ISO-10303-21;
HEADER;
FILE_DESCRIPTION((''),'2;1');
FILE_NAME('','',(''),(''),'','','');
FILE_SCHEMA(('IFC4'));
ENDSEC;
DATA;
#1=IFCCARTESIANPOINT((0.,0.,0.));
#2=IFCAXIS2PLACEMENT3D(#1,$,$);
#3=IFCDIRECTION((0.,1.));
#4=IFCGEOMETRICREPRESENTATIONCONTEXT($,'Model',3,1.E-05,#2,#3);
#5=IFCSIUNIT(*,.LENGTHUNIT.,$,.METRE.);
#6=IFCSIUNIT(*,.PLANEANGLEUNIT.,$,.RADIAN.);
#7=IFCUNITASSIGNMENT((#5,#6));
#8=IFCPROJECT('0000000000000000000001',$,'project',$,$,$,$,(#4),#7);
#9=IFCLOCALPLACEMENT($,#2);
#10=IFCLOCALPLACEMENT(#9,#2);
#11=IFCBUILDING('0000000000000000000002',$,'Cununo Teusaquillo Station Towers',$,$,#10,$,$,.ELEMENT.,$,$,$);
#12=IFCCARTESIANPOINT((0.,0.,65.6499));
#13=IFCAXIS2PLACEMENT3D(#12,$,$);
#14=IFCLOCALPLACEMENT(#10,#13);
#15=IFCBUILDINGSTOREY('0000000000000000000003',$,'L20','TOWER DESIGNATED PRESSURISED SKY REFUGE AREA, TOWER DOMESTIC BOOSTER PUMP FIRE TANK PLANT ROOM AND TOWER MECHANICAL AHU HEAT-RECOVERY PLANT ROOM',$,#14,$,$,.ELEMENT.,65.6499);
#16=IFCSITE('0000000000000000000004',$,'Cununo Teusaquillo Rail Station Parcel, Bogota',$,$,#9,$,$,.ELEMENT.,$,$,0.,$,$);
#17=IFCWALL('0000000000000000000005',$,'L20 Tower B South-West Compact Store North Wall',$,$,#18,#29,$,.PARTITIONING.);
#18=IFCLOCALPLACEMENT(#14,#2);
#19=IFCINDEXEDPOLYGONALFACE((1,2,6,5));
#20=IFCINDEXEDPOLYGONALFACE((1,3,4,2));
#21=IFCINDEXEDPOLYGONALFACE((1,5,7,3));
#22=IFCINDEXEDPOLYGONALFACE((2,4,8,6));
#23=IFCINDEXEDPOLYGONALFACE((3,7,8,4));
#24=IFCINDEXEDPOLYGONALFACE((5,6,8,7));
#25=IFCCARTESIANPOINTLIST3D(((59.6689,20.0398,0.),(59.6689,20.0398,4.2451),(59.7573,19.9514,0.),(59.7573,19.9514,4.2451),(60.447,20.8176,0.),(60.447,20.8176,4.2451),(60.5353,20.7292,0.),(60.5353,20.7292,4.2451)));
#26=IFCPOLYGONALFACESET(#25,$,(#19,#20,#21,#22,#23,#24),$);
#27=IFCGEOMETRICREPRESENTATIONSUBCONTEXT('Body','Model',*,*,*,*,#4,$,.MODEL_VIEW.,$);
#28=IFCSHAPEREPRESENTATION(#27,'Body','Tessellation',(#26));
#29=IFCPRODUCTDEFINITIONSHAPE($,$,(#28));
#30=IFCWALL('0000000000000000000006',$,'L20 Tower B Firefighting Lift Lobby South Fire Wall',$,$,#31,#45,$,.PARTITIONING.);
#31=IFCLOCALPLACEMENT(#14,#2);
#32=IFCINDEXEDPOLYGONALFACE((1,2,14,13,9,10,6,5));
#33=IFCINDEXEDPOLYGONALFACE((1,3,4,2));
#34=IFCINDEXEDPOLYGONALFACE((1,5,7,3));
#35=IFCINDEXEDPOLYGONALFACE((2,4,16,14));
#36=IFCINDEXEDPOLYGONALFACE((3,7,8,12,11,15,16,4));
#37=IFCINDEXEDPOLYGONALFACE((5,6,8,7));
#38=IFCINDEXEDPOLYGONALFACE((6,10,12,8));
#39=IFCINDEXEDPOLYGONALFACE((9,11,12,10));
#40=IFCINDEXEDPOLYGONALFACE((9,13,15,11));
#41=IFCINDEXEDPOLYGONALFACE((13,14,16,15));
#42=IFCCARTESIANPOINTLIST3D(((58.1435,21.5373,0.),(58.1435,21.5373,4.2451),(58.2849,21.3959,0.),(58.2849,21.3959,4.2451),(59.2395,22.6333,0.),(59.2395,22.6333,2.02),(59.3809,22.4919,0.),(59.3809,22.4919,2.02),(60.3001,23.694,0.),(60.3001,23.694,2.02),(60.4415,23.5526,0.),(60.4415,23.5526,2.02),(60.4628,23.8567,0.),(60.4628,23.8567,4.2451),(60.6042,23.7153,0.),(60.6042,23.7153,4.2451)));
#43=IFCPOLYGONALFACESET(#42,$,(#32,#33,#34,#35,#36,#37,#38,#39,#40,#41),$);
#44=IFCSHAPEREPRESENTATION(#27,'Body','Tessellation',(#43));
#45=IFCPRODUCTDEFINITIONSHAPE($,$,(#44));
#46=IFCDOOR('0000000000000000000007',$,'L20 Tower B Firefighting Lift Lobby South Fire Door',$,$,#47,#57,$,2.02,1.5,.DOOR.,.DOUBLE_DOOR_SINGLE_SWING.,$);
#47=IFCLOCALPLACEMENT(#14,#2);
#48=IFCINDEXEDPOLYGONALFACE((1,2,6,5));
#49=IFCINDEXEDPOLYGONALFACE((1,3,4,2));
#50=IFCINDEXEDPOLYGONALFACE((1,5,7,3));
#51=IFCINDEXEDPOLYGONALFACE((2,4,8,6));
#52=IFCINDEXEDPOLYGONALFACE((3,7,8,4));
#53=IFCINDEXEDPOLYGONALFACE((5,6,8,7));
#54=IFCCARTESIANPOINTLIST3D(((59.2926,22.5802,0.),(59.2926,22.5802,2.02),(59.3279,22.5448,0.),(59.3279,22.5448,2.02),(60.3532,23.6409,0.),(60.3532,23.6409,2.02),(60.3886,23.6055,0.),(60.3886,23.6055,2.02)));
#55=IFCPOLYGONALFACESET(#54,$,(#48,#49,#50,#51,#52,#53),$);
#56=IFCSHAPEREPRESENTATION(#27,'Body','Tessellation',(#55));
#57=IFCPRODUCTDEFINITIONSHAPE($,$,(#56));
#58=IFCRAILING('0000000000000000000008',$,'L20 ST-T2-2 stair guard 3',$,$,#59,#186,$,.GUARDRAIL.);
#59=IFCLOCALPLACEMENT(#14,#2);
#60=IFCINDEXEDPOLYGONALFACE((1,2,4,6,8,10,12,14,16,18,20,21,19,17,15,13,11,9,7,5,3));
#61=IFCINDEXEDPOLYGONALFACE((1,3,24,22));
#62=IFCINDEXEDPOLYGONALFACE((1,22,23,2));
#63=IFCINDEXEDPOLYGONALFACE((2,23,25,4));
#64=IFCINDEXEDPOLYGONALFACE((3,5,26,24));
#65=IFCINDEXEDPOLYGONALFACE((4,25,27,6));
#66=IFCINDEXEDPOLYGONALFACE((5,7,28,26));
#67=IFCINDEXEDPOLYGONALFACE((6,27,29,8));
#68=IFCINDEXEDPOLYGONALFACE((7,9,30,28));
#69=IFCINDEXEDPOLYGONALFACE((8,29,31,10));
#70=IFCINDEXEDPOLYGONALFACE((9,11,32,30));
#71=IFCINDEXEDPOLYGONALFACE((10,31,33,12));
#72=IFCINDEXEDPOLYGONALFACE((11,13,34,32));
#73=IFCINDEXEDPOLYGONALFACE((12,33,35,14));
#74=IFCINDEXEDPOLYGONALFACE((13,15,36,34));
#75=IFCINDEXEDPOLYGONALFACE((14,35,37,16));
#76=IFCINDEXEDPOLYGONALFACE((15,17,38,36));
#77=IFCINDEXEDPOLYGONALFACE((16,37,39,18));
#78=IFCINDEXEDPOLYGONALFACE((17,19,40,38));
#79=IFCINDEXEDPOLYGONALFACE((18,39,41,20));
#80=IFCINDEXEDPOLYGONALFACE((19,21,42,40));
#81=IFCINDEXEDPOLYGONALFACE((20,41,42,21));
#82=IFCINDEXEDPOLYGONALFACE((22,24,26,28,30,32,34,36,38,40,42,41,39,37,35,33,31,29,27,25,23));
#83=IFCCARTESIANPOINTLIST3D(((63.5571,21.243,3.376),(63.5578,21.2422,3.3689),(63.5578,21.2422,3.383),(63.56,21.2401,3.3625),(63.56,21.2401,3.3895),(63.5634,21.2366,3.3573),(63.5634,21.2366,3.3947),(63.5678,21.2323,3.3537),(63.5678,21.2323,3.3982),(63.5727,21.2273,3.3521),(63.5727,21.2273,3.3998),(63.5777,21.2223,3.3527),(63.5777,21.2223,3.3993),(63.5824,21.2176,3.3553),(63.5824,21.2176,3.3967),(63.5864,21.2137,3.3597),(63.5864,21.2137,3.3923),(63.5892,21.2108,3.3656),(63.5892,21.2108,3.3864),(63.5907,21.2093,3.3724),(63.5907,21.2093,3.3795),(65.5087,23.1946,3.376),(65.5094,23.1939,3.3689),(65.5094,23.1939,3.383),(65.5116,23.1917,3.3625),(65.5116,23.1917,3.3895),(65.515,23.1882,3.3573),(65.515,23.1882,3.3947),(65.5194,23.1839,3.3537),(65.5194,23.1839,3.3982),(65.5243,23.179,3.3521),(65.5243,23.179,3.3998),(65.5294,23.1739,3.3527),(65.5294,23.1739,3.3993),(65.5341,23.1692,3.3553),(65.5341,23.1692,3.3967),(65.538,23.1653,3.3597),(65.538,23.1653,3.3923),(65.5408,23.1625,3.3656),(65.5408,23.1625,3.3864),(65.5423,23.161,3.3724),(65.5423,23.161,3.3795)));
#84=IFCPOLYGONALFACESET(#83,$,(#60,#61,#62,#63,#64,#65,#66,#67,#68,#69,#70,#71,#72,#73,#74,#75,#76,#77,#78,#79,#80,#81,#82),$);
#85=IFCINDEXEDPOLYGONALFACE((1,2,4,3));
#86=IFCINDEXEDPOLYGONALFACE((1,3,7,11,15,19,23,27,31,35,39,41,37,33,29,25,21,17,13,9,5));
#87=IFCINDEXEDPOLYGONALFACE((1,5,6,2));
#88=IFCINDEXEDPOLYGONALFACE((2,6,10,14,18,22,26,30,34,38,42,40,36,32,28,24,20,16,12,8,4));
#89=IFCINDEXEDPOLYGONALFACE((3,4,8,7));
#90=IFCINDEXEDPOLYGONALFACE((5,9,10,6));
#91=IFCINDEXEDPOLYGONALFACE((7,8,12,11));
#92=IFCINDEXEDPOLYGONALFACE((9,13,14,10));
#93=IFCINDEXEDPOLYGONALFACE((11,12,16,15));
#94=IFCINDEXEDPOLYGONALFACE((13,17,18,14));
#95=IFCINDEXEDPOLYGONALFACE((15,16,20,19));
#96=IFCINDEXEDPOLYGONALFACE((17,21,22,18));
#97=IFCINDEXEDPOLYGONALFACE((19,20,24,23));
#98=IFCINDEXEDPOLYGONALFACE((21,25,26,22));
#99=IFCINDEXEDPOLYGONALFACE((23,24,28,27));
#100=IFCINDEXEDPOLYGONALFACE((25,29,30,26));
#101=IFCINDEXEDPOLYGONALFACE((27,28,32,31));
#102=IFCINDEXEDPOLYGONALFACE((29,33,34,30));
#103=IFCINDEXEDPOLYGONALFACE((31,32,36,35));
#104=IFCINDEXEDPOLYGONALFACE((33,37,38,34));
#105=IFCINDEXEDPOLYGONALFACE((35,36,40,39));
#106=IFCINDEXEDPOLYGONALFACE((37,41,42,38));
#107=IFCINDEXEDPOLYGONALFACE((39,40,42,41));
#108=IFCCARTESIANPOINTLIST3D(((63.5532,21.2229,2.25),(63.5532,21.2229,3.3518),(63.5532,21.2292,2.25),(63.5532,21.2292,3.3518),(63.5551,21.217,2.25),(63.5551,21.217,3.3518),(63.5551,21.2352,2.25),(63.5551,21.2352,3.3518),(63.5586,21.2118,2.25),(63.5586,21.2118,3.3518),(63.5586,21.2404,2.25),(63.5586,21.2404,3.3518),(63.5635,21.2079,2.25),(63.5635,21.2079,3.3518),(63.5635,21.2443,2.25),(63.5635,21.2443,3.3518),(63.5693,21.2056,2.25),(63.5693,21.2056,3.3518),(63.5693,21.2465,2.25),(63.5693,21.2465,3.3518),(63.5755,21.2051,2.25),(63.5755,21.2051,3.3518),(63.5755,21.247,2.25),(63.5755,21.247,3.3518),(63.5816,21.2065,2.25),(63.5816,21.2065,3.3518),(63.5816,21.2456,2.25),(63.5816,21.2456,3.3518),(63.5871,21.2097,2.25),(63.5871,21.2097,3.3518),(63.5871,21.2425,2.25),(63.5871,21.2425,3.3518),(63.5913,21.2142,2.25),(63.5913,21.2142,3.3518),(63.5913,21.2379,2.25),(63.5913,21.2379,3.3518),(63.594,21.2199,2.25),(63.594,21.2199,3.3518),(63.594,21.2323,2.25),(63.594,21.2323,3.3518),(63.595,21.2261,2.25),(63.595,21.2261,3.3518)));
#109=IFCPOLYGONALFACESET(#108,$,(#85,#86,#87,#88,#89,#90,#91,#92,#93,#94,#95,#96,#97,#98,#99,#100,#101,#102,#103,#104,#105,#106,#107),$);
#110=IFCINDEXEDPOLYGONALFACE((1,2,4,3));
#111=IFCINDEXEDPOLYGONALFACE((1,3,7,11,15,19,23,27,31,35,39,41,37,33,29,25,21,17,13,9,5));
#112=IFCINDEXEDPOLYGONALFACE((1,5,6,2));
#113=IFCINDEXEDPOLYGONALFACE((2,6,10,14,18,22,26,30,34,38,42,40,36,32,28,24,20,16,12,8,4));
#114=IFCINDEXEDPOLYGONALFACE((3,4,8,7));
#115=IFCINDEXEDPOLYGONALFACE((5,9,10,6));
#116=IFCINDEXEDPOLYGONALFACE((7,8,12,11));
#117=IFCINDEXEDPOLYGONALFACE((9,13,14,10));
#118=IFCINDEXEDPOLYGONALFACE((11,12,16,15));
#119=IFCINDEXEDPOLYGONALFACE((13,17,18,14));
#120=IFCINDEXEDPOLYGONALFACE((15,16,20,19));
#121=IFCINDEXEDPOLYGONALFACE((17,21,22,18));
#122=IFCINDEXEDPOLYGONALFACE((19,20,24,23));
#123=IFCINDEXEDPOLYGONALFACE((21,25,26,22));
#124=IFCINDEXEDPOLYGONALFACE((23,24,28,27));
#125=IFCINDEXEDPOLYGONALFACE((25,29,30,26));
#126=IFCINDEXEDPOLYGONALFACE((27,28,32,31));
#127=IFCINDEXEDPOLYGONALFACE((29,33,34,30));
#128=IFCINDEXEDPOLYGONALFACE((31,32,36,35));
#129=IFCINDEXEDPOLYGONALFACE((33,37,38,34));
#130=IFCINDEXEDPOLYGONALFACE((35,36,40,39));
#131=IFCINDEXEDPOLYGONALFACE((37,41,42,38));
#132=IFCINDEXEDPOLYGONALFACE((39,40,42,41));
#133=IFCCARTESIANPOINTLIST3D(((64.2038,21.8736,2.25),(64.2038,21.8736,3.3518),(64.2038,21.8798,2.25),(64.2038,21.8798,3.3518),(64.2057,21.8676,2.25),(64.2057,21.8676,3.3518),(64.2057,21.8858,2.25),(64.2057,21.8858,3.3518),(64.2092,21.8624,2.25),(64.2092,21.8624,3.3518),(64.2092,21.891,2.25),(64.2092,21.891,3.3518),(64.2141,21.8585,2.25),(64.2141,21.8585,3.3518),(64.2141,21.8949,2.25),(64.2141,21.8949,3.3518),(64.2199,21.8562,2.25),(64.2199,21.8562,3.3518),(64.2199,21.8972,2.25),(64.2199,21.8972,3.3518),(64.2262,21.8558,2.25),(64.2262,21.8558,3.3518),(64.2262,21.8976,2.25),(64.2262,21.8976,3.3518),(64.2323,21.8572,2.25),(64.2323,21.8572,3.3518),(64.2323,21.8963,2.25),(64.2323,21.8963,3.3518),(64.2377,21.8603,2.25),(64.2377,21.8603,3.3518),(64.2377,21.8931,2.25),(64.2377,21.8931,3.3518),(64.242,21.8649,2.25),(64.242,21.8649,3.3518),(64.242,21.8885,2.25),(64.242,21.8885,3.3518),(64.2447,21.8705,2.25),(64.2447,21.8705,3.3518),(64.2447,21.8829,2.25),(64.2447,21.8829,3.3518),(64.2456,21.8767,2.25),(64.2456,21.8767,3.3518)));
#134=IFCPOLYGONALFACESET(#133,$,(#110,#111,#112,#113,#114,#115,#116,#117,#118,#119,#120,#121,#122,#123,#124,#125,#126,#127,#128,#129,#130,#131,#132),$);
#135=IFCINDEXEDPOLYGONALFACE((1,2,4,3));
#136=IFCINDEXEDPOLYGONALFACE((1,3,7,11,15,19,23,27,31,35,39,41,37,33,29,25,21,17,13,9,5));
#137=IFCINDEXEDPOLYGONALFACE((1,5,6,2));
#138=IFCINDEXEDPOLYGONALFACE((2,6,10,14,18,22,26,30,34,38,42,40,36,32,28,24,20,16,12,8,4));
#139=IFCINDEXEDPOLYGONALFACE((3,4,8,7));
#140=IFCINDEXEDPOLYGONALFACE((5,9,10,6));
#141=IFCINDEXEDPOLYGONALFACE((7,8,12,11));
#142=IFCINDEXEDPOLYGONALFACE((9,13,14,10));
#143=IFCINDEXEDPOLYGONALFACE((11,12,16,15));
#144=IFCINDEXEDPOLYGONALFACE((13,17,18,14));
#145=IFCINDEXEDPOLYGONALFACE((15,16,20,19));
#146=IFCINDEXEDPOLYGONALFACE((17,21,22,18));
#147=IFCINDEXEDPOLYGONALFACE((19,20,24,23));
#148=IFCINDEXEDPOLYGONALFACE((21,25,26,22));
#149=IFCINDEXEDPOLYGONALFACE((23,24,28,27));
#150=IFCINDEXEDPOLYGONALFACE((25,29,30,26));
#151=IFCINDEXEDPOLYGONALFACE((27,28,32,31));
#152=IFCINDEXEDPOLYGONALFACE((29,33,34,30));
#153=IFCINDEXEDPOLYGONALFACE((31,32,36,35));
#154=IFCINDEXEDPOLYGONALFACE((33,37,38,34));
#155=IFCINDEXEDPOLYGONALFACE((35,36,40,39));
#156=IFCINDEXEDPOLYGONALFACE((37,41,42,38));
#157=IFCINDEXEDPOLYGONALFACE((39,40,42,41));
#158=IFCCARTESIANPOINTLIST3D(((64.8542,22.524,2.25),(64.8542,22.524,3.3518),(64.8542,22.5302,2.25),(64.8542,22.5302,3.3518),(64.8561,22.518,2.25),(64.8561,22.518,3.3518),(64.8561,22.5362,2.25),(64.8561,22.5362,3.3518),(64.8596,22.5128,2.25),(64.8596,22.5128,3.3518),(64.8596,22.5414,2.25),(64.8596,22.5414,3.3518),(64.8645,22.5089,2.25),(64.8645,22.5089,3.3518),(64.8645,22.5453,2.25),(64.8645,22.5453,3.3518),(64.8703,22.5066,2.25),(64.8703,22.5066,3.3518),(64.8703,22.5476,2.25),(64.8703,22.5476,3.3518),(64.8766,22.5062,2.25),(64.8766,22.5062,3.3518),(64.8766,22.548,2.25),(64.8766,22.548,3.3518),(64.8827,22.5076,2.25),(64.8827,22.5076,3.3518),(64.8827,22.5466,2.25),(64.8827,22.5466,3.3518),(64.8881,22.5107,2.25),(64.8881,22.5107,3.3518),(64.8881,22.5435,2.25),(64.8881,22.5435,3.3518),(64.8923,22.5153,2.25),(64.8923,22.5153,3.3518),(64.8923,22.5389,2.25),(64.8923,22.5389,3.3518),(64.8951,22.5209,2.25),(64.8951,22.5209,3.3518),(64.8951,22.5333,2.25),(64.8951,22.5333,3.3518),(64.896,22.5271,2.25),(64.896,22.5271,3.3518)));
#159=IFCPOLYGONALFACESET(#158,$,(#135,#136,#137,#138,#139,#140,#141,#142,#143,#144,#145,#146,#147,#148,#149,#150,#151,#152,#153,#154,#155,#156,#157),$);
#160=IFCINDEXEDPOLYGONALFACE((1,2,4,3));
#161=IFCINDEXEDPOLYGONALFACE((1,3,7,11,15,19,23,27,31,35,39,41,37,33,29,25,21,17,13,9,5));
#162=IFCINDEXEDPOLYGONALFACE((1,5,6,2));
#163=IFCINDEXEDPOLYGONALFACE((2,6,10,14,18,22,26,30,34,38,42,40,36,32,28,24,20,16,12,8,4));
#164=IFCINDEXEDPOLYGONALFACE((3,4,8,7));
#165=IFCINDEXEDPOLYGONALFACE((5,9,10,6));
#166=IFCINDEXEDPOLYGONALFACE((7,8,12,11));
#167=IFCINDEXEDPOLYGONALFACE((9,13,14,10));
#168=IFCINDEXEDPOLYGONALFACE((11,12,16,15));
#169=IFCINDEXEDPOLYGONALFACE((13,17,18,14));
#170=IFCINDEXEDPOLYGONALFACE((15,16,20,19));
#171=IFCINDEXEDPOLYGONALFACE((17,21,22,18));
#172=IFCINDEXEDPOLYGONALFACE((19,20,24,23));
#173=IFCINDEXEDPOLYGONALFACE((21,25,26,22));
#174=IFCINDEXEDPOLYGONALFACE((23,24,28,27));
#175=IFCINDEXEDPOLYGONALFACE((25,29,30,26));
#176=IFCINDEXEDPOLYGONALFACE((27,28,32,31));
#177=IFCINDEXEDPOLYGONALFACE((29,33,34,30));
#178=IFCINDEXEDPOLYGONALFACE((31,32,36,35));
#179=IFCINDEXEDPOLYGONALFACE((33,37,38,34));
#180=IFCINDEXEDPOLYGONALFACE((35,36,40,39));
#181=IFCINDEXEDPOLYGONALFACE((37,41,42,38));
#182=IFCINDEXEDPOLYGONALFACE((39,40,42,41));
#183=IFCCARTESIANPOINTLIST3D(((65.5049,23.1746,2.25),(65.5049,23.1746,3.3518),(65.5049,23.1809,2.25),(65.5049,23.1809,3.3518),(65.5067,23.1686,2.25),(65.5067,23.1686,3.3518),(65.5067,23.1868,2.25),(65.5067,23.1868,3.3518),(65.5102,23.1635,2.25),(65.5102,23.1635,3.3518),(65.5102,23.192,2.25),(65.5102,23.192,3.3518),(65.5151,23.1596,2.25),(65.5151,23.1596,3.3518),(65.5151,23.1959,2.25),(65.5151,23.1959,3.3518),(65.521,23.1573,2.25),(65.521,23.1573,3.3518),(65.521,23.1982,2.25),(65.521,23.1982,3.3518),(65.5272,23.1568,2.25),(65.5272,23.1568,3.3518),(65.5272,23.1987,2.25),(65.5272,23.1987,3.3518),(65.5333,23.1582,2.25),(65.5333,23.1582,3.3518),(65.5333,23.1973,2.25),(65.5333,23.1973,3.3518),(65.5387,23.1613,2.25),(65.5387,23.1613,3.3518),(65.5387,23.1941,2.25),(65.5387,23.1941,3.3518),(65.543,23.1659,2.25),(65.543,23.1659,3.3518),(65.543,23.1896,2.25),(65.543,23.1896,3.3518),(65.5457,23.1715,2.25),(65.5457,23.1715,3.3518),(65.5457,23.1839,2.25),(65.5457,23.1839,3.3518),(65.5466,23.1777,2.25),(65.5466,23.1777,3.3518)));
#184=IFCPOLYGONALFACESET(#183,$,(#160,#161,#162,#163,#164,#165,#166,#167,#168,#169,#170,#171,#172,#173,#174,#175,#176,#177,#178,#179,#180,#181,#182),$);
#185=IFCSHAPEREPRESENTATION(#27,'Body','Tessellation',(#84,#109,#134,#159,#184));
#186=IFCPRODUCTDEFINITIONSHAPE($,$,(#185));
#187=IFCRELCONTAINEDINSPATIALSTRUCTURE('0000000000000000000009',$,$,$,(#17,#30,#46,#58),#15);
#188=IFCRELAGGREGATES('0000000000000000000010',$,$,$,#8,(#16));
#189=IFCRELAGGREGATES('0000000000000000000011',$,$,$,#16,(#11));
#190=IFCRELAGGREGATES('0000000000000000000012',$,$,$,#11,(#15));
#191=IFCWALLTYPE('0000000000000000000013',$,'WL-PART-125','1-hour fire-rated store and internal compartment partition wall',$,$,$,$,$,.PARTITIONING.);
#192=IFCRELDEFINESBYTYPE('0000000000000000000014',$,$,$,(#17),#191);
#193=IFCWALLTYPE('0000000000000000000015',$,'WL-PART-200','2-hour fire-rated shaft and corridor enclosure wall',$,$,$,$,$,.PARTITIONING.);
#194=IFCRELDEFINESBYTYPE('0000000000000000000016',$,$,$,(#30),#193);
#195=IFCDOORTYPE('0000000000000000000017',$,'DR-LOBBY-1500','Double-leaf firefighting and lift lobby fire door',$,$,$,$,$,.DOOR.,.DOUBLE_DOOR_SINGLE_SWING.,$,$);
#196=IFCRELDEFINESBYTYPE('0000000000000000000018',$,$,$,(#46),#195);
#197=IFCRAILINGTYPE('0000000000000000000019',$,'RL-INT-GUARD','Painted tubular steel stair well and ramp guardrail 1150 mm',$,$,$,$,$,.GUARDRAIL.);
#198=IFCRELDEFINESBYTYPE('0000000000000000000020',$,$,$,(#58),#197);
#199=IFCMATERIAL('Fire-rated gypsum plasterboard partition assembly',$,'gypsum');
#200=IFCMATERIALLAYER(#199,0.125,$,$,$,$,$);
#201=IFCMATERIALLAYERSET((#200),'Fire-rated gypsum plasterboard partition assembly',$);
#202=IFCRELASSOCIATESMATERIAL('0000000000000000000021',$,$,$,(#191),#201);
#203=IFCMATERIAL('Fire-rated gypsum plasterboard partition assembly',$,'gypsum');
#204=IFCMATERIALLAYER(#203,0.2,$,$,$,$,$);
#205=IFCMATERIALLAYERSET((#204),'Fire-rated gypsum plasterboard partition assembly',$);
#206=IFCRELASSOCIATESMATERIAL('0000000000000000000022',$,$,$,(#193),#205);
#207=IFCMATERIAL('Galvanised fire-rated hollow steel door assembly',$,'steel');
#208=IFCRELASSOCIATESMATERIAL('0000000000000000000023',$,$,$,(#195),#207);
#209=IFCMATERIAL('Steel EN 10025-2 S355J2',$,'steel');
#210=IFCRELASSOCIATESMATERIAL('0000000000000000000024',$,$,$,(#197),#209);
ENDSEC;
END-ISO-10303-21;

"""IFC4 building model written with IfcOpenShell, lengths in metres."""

from ifc_helpers import new_model, si_unit, direction, frame, frame_2d, origin, origin_2d, place, context, subcontext, project, spatial, rectangle, circle, extrude, source, transform, mapped, material, layer, layer_set, type_object, element, fill, save


model = new_model("IFC4")

# Units and contexts
model_context = context("Model", 3, precision=1e-05, world=origin(), true_north=direction((0.0, 1.0)))
body_context = subcontext(model_context, "Body", "Model", "MODEL_VIEW")
ifc_project = project(units=[si_unit("LENGTHUNIT", "METRE"), si_unit("PLANEANGLEUNIT", "RADIAN")], contexts=[model_context])

# Site, building, storey
site_placement = place(None, origin())
site = spatial("IfcSite", under=ifc_project, at=site_placement, Name="Cununo Teusaquillo Rail Station Parcel, Bogota", CompositionType="ELEMENT", RefElevation=0.0)
building_placement = place(site_placement, origin())
building = spatial("IfcBuilding", under=site, at=building_placement, Name="Cununo Teusaquillo Station Towers", CompositionType="ELEMENT")
storey_placement = place(building_placement, frame((0.0, 0.0, 65.6499)))
storey = spatial("IfcBuildingStorey", under=building, at=storey_placement, Name="L20", Description="TOWER DESIGNATED PRESSURISED SKY REFUGE AREA, TOWER DOMESTIC BOOSTER PUMP FIRE TANK PLANT ROOM AND TOWER MECHANICAL AHU HEAT-RECOVERY PLANT ROOM", CompositionType="ELEMENT", Elevation=65.6499)

# Shared definitions
ifc_material_1 = material(Name="Fire-rated gypsum plasterboard partition assembly", Category="gypsum")
ifc_layer_1 = layer(ifc_material_1, 0.125)
ifc_layer_set_1 = layer_set([ifc_layer_1], Name="Fire-rated gypsum plasterboard partition assembly")
wall_type_1 = type_object("IfcWallType", Name="WL-PART-125", Description="1-hour fire-rated store and internal compartment partition wall", PredefinedType="PARTITIONING", material=ifc_layer_set_1)

# Wall
wall_1_placement = place(storey_placement, frame((59.7131, 19.9956, 0.0), z_axis=(0.0, 0.0, 1.0), x_axis=(0.707218, 0.706996, 0.0)))
element("IfcWall", 1, at=wall_1_placement, inside=storey, type_object=wall_type_1, Name="L20 Tower B South-West Compact Store North Wall", PredefinedType="PARTITIONING", context=body_context, shape_type="SweptSolid", body=[
    extrude(rectangle(XDim=1.1001, YDim=0.125, at=frame_2d((0.55, 0.0))), origin(), (0.0, 0.0, 1.0), 4.2451),
])

# Wall, opening, door
ifc_material_2 = material(Name="Fire-rated gypsum plasterboard partition assembly", Category="gypsum")
ifc_layer_2 = layer(ifc_material_2, 0.2)
ifc_layer_set_2 = layer_set([ifc_layer_2], Name="Fire-rated gypsum plasterboard partition assembly")
wall_type_2 = type_object("IfcWallType", Name="WL-PART-200", Description="2-hour fire-rated shaft and corridor enclosure wall", PredefinedType="PARTITIONING", material=ifc_layer_set_2)
wall_2_placement = place(storey_placement, frame((58.2141, 21.4666, 0.0), z_axis=(0.0, 0.0, 1.0), x_axis=(0.707107, 0.707107, 0.0)))
wall_2 = element("IfcWall", 2, at=wall_2_placement, inside=storey, type_object=wall_type_2, Name="L20 Tower B Firefighting Lift Lobby South Fire Wall", PredefinedType="PARTITIONING", context=body_context, shape_type="SweptSolid", body=[
    extrude(rectangle(XDim=3.28, YDim=0.2, at=frame_2d((1.6401, 0.0))), origin(), (0.0, 0.0, 1.0), 4.2451),
])
shared_shape_1 = source(origin(), body_context, "Body", "SweptSolid", [
    extrude(rectangle(XDim=1.5, YDim=2.02, at=frame_2d((0.75, 1.01))), frame((0.0, 0.1099, 0.0), z_axis=(0.0, -1.0, 0.0), x_axis=(1.0, 0.0, 0.0)), (0.0, 0.0, 1.0), 0.22),
])
opening_1_placement = place(wall_2_placement, frame((1.55, 0.0, 0.0)))
opening_1 = element("IfcOpeningElement", 3, at=opening_1_placement, cuts=wall_2, PredefinedType="OPENING", context=body_context, shape_type="MappedRepresentation", body=[
    mapped(shared_shape_1, transform((0.0, 0.0, 0.0), x_axis=(1.0, 0.0, 0.0), y_axis=(0.0, 1.0, 0.0), z_axis=(0.0, 0.0, 1.0), scale=1.0)),
])
ifc_material_3 = material(Name="Galvanised fire-rated hollow steel door assembly", Category="steel")
door_type_1 = type_object("IfcDoorType", Name="DR-LOBBY-1500", Description="Double-leaf firefighting and lift lobby fire door", OperationType="DOUBLE_DOOR_SINGLE_SWING", PredefinedType="DOOR", material=ifc_material_3)
shared_shape_2 = source(origin(), body_context, "Body", "SweptSolid", [
    extrude(rectangle(XDim=1.5, YDim=2.02, at=frame_2d((0.75, 1.01))), frame((0.0, 0.0249, 0.0), z_axis=(0.0, -1.0, 0.0), x_axis=(1.0, 0.0, 0.0)), (0.0, 0.0, 1.0), 0.05),
])
door_1_placement = place(opening_1_placement, origin())
door_1 = element("IfcDoor", 4, at=door_1_placement, inside=storey, type_object=door_type_1, Name="L20 Tower B Firefighting Lift Lobby South Fire Door", OperationType="DOUBLE_DOOR_SINGLE_SWING", OverallHeight=2.02, OverallWidth=1.5, PredefinedType="DOOR", context=body_context, shape_type="MappedRepresentation", body=[
    mapped(shared_shape_2, transform((0.0, 0.0, 0.0), x_axis=(1.0, 0.0, 0.0), y_axis=(0.0, 1.0, 0.0), z_axis=(0.0, 0.0, 1.0), scale=1.0)),
])
fill(opening_1, door_1)

# Railing
ifc_material_4 = material(Name="Steel EN 10025-2 S355J2", Category="steel")
railing_type = type_object("IfcRailingType", Name="RL-INT-GUARD", Description="Painted tubular steel stair well and ramp guardrail 1150 mm", PredefinedType="GUARDRAIL", material=ifc_material_4)
railing_1_placement = place(storey_placement, frame((63.574, 21.2261, 2.25)))
element("IfcRailing", 5, at=railing_1_placement, inside=storey, type_object=railing_type, Name="L20 ST-T2-2 stair guard 3", PredefinedType="GUARDRAIL", context=body_context, shape_type="SweptSolid", body=[
    extrude(circle(Radius=0.0239, at=origin_2d()), frame((0.0, 0.0, 1.126), z_axis=(0.707107, 0.707107, 0.0), x_axis=(-0.707107, 0.707107, 0.0)), (0.0, 0.0, 1.0), 2.76),
    extrude(circle(Radius=0.021, at=origin_2d()), origin(), (0.0, 0.0, 1.0), 1.1018),
    extrude(circle(Radius=0.021, at=origin_2d()), frame((0.6506, 0.6506, 0.0)), (0.0, 0.0, 1.0), 1.1018),
    extrude(circle(Radius=0.021, at=origin_2d()), frame((1.301, 1.301, 0.0)), (0.0, 0.0, 1.0), 1.1018),
    extrude(circle(Radius=0.021, at=origin_2d()), frame((1.9517, 1.9517, 0.0)), (0.0, 0.0, 1.0), 1.1018),
])

save(model, "model.ifc")
